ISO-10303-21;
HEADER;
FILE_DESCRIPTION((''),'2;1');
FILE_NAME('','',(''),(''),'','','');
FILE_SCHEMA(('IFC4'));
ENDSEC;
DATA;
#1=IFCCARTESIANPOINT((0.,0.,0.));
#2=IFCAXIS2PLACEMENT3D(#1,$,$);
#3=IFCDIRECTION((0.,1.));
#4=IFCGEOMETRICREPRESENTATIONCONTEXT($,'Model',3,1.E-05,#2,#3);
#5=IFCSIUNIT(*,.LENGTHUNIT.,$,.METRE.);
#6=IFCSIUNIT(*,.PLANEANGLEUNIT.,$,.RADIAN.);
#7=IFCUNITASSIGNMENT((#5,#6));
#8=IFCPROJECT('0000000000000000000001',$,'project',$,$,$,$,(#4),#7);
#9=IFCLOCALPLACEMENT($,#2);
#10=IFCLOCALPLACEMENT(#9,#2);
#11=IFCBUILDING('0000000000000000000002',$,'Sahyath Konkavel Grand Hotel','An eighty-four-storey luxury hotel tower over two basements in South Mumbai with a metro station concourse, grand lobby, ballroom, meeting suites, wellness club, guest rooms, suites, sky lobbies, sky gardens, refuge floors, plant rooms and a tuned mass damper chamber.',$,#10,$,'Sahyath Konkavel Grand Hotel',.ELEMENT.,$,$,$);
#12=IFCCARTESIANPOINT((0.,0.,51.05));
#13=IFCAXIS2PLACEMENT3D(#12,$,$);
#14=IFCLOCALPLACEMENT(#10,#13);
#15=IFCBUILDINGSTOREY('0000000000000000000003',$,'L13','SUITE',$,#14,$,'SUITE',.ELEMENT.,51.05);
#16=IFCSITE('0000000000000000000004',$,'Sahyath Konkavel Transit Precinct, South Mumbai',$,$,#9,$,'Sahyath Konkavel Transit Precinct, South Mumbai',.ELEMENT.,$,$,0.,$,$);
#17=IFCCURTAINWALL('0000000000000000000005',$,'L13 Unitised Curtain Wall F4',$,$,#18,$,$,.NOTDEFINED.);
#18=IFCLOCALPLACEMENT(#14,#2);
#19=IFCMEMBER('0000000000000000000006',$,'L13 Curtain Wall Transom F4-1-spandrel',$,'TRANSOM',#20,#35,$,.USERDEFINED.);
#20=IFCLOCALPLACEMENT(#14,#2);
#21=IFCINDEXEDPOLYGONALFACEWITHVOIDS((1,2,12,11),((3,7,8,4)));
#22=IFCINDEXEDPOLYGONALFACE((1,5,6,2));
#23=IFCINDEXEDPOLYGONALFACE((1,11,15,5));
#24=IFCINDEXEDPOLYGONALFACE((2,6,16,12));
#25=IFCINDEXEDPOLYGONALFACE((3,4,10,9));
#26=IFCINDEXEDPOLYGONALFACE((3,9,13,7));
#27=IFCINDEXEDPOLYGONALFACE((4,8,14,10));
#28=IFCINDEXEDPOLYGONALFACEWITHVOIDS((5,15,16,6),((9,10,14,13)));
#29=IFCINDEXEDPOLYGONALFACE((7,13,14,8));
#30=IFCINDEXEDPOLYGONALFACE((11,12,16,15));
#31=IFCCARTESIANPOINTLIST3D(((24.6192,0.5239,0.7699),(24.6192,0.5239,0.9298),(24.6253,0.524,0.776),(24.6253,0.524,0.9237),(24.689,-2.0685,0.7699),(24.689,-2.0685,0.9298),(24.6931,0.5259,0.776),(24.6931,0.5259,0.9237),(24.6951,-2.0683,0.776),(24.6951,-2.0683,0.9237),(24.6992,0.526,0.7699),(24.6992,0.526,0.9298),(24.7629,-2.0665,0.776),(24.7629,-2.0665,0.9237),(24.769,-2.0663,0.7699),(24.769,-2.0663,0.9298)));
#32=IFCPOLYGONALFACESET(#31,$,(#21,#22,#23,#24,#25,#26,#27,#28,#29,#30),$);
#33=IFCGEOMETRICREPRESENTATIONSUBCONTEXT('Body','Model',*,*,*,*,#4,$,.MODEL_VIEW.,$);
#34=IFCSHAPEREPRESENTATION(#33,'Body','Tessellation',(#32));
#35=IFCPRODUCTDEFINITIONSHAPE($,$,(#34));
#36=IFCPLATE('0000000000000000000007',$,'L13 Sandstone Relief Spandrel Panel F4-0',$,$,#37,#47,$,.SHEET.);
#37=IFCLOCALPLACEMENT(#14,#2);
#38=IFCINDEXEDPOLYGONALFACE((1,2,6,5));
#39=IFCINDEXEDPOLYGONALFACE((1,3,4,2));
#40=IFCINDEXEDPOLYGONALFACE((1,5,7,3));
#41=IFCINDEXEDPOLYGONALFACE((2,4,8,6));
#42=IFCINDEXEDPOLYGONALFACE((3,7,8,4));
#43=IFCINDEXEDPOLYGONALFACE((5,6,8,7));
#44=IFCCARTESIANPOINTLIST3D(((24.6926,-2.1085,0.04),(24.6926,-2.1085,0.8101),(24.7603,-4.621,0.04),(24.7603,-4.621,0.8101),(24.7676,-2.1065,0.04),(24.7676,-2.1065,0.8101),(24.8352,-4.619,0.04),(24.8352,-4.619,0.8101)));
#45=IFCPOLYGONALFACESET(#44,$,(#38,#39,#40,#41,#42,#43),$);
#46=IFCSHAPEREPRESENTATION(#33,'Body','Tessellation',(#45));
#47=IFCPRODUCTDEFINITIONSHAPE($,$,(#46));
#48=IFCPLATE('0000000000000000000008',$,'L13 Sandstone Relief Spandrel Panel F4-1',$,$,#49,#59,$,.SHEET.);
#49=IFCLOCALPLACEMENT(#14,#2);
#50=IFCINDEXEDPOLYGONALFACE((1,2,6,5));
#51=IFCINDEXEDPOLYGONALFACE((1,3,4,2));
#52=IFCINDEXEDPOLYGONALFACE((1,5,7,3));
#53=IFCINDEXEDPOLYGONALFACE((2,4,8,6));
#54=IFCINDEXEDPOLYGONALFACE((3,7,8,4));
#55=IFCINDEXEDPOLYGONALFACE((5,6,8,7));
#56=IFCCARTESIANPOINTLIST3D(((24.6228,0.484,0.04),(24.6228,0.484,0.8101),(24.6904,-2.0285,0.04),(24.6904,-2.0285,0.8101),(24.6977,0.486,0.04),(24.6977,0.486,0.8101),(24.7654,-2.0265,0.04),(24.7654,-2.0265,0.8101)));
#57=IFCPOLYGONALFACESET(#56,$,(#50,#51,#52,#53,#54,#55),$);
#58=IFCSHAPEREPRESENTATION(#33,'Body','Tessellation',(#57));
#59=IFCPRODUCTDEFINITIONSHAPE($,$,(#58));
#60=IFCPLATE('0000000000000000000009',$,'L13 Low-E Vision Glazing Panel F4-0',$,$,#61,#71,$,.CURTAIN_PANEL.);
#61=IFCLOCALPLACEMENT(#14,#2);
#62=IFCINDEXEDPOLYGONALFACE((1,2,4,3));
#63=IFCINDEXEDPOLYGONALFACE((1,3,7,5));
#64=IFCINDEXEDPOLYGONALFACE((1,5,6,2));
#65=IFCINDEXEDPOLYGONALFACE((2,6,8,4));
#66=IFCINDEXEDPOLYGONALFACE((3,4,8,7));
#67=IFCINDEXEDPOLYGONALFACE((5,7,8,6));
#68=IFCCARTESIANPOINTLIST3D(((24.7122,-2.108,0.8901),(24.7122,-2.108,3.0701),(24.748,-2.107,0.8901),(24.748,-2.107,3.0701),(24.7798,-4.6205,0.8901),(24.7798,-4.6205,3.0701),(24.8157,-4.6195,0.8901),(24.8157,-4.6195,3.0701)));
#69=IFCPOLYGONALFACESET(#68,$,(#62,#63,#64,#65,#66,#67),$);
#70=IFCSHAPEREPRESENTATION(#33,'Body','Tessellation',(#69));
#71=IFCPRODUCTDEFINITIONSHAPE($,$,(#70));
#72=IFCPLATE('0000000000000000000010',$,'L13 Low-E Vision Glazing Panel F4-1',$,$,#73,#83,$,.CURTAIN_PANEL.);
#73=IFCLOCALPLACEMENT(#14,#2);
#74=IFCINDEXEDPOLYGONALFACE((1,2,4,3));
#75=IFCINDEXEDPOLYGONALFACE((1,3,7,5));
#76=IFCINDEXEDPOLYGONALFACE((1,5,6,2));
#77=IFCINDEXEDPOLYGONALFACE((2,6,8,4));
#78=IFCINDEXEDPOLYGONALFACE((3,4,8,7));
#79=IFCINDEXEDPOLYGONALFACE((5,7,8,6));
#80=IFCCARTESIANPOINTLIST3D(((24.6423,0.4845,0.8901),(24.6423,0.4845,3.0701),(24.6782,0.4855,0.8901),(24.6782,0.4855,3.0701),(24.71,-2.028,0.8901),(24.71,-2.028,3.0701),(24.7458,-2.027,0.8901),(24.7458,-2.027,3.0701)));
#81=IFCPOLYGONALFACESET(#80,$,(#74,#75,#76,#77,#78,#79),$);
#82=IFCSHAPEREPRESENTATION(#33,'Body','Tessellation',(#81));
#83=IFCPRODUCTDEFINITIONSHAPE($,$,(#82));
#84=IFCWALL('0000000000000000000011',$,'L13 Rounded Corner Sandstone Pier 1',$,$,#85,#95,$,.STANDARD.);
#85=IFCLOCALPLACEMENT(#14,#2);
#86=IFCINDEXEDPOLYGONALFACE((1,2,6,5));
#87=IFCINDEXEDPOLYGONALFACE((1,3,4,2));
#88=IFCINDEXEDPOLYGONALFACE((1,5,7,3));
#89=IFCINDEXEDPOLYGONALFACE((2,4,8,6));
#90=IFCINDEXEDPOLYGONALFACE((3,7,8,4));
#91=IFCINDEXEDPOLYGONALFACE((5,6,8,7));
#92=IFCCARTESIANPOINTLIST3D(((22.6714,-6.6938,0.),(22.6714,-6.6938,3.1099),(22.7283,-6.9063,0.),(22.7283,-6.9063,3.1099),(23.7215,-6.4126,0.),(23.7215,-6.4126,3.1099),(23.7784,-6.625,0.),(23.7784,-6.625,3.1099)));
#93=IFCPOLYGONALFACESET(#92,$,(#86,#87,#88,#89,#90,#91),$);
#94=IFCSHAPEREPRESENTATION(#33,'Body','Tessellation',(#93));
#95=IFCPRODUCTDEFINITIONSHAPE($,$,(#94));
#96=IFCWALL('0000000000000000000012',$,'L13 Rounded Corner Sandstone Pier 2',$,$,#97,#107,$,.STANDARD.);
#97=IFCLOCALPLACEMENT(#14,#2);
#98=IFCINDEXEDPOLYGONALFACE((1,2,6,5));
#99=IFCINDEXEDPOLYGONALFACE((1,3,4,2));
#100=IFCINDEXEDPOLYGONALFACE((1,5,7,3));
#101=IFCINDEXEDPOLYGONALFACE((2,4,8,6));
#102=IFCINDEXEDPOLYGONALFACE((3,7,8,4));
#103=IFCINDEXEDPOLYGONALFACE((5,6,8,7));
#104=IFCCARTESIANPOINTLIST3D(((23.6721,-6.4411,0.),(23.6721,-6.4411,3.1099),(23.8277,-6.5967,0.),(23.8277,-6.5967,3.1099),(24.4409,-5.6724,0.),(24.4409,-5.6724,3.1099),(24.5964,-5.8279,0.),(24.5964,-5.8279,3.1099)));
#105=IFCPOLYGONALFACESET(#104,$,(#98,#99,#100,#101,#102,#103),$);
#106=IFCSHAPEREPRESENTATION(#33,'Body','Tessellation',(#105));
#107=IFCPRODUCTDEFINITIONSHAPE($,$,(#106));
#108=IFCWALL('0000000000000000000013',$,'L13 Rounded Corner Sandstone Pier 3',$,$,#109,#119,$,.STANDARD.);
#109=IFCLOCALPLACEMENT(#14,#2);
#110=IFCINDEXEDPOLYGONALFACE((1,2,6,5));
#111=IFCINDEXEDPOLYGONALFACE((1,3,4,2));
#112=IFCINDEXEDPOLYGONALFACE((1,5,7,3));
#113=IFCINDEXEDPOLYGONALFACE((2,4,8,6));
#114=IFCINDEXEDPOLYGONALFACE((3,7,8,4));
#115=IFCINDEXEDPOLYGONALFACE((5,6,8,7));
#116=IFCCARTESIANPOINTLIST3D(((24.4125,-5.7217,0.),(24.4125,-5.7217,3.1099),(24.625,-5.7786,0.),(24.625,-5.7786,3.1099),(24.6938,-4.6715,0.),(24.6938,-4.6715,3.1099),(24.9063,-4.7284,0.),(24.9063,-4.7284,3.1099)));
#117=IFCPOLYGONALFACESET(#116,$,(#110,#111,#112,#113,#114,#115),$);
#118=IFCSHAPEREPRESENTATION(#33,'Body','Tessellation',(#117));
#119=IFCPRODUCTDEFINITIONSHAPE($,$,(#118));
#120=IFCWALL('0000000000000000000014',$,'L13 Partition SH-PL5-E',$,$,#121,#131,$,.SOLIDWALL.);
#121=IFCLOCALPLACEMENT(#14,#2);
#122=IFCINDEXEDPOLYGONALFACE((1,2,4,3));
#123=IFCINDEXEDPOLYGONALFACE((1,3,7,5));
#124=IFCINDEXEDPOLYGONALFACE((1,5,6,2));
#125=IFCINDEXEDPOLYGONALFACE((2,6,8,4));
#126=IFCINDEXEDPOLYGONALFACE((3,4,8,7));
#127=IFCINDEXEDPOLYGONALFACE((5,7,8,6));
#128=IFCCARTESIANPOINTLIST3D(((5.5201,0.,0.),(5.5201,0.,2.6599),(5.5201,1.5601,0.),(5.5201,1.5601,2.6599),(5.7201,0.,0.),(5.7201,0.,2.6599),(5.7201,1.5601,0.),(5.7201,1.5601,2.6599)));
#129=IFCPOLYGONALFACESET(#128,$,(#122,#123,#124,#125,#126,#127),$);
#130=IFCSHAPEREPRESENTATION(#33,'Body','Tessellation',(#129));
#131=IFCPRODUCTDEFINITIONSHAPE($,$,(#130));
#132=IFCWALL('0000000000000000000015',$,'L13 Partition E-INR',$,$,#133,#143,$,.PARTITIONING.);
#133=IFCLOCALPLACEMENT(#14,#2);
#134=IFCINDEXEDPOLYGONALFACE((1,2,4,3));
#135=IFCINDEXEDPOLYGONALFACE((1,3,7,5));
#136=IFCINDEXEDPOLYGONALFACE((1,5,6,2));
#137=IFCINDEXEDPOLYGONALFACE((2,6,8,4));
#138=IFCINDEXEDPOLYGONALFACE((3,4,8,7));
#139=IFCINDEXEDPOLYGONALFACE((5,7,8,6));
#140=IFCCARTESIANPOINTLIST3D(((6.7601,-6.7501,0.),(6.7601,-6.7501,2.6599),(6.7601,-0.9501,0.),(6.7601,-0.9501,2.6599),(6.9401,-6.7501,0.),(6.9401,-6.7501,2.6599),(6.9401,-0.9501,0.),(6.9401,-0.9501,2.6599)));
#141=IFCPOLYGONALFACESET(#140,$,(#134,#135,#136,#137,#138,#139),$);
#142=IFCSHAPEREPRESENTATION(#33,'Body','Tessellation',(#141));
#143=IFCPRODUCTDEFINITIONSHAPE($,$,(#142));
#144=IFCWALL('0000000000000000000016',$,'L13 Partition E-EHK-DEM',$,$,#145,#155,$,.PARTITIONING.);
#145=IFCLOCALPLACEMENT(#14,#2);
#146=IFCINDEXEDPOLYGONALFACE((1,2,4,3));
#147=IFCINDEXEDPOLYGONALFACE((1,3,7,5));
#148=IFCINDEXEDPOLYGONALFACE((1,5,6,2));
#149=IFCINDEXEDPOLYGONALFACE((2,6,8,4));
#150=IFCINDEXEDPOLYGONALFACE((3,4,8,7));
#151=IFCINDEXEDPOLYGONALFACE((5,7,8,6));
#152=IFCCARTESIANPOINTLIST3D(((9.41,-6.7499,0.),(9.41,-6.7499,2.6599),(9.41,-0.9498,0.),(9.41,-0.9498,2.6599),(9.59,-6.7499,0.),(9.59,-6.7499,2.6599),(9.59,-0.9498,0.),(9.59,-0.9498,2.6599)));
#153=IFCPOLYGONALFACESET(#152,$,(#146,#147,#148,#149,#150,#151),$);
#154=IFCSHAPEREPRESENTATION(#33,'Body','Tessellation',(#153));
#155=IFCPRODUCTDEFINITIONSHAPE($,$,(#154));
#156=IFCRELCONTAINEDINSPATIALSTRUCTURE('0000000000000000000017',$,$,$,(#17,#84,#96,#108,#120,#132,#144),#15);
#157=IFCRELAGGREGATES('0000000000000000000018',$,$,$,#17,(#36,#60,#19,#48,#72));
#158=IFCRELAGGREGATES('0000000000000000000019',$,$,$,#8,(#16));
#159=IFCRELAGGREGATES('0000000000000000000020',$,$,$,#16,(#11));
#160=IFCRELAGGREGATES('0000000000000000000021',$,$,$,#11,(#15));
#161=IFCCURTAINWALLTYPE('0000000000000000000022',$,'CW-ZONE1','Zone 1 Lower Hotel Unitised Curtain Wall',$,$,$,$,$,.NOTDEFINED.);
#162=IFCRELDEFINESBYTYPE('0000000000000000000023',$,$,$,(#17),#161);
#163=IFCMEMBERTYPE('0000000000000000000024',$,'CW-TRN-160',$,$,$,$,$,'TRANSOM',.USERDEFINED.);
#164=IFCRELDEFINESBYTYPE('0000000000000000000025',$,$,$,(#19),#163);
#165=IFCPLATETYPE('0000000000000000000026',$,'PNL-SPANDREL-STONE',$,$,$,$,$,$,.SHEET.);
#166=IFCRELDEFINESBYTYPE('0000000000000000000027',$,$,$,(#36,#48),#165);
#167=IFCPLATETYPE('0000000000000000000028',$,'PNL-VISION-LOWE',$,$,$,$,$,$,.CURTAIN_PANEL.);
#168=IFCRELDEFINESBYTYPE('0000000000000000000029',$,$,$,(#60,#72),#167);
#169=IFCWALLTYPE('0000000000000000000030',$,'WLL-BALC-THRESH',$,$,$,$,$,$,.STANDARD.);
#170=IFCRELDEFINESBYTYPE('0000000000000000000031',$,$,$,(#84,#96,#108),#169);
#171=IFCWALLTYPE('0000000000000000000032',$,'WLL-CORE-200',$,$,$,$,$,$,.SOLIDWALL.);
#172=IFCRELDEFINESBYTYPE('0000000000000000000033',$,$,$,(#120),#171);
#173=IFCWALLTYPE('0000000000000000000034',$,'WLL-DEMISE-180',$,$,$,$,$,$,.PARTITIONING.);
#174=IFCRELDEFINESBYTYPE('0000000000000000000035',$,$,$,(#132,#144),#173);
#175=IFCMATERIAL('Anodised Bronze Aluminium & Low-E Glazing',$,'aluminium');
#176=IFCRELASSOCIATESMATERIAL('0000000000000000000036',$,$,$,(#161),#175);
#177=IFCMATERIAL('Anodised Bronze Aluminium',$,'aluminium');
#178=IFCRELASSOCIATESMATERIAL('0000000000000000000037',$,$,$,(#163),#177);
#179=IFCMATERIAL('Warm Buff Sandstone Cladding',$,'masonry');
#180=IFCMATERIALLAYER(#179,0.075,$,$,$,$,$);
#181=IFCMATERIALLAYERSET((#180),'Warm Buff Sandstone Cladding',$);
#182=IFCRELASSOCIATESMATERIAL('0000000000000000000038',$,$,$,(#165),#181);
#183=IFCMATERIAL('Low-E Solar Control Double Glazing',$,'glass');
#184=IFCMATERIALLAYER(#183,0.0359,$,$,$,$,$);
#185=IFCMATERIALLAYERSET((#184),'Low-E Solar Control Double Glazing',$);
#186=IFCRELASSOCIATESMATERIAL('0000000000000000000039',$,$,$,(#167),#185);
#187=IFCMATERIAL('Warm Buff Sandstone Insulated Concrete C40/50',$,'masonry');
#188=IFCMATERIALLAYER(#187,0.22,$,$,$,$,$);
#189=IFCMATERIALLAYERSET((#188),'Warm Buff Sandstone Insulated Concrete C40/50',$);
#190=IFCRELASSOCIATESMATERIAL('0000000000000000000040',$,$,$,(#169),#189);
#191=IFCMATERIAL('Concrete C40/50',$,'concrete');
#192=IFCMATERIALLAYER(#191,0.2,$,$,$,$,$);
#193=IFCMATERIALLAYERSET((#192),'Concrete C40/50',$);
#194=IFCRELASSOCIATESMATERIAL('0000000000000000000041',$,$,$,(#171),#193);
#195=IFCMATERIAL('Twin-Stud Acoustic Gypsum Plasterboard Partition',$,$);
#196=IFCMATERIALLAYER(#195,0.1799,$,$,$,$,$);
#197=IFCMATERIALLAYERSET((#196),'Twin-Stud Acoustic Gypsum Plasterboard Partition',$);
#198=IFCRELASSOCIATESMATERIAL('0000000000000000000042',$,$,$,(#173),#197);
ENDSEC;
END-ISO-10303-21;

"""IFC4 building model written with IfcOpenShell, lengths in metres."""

from ifc_helpers import new_model, si_unit, direction, frame, frame_2d, origin, origin_2d, place, context, subcontext, project, spatial, rectangle, hollow_rectangle, extrude, source, transform, mapped, material, layer, layer_set, material_profile, profile_set, type_object, element, aggregate, save


model = new_model("IFC4")

# Units and contexts
model_context = context("Model", 3, precision=1e-05, world=origin(), true_north=direction((0.0, 1.0)))
body_context = subcontext(model_context, "Body", "Model", "MODEL_VIEW")
ifc_project = project(units=[si_unit("LENGTHUNIT", "METRE"), si_unit("PLANEANGLEUNIT", "RADIAN")], contexts=[model_context])

# Site, building, storey
site_placement = place(None, origin())
site = spatial("IfcSite", under=ifc_project, at=site_placement, Name="Sahyath Konkavel Transit Precinct, South Mumbai", LongName="Sahyath Konkavel Transit Precinct, South Mumbai", CompositionType="ELEMENT", RefElevation=0.0)
building_placement = place(site_placement, origin())
building = spatial("IfcBuilding", under=site, at=building_placement, Name="Sahyath Konkavel Grand Hotel", Description="An eighty-four-storey luxury hotel tower over two basements in South Mumbai with a metro station concourse, grand lobby, ballroom, meeting suites, wellness club, guest rooms, suites, sky lobbies, sky gardens, refuge floors, plant rooms and a tuned mass damper chamber.", LongName="Sahyath Konkavel Grand Hotel", CompositionType="ELEMENT")
storey_placement = place(building_placement, frame((0.0, 0.0, 51.05)))
storey = spatial("IfcBuildingStorey", under=building, at=storey_placement, Name="L13", Description="SUITE", LongName="SUITE", CompositionType="ELEMENT", Elevation=51.05)

# Shared definitions
ifc_material_1 = material(Name="Anodised Bronze Aluminium & Low-E Glazing", Category="aluminium")
curtain_wall_type = type_object("IfcCurtainWallType", Name="CW-ZONE1", Description="Zone 1 Lower Hotel Unitised Curtain Wall", PredefinedType="NOTDEFINED", material=ifc_material_1)
ifc_material_2 = material(Name="Anodised Bronze Aluminium", Category="aluminium")

# Curtain wall, member, plates
curtain_wall_1_placement = place(storey_placement, origin())
curtain_wall_1 = element("IfcCurtainWall", 1, at=curtain_wall_1_placement, inside=storey, type_object=curtain_wall_type, Name="L13 Unitised Curtain Wall F4", PredefinedType="NOTDEFINED")
ifc_material_profile_1 = material_profile(ifc_material_2, hollow_rectangle(XDim=0.0801, YDim=0.1599, WallThickness=0.0061, at=origin_2d()), Name="RHS 160x80x6")
ifc_profile_set_1 = profile_set([ifc_material_profile_1], Name="Anodised Bronze Aluminium")
member_type_1 = type_object("IfcMemberType", Name="CW-TRN-160", ElementType="TRANSOM", PredefinedType="USERDEFINED", material=ifc_profile_set_1)
shared_shape_1 = source(origin(), body_context, "Body", "SweptSolid", [
    extrude(hollow_rectangle(XDim=0.0801, YDim=0.1599, WallThickness=0.0061, at=origin_2d()), origin(), (0.0, 0.0, 1.0), 2.5933),
])
member_1_placement = place(storey_placement, frame((24.729, -2.0674, 0.8499), z_axis=(-0.026926, 0.999637, 0.0), x_axis=(-0.999637, -0.026926, 0.0)))
member_1 = element("IfcMember", 2, at=member_1_placement, type_object=member_type_1, Name="L13 Curtain Wall Transom F4-1-spandrel", ObjectType="TRANSOM", PredefinedType="USERDEFINED", context=body_context, shape_type="MappedRepresentation", body=[
    mapped(shared_shape_1, transform((0.0, 0.0, 0.0), scale=1.0)),
])
ifc_material_3 = material(Name="Warm Buff Sandstone Cladding", Category="masonry")
ifc_layer_1 = layer(ifc_material_3, 0.075)
ifc_layer_set_1 = layer_set([ifc_layer_1], Name="Warm Buff Sandstone Cladding")
plate_type_1 = type_object("IfcPlateType", Name="PNL-SPANDREL-STONE", PredefinedType="SHEET", material=ifc_layer_set_1)
shared_shape_2 = source(origin(), body_context, "Body", "SweptSolid", [
    extrude(rectangle(XDim=2.5134, YDim=0.075, at=origin_2d()), origin(), (0.0, 0.0, 1.0), 0.77),
])
plate_1_placement = place(storey_placement, frame((24.7639, -3.3638, 0.04), z_axis=(0.0, 0.0, 1.0), x_axis=(-0.02691, 0.999638, 0.0)))
plate_1 = element("IfcPlate", 3, at=plate_1_placement, type_object=plate_type_1, Name="L13 Sandstone Relief Spandrel Panel F4-0", PredefinedType="SHEET", context=body_context, shape_type="MappedRepresentation", body=[
    mapped(shared_shape_2, transform((0.0, 0.0, 0.0), scale=1.0)),
])
plate_2_placement = place(storey_placement, frame((24.6941, -0.7712, 0.04), z_axis=(0.0, 0.0, 1.0), x_axis=(-0.02691, 0.999638, 0.0)))
plate_2 = element("IfcPlate", 4, at=plate_2_placement, type_object=plate_type_1, Name="L13 Sandstone Relief Spandrel Panel F4-1", PredefinedType="SHEET", context=body_context, shape_type="MappedRepresentation", body=[
    mapped(shared_shape_2, transform((0.0, 0.0, 0.0), scale=1.0)),
])
ifc_material_4 = material(Name="Low-E Solar Control Double Glazing", Category="glass")
ifc_layer_2 = layer(ifc_material_4, 0.0359)
ifc_layer_set_2 = layer_set([ifc_layer_2], Name="Low-E Solar Control Double Glazing")
plate_type_2 = type_object("IfcPlateType", Name="PNL-VISION-LOWE", PredefinedType="CURTAIN_PANEL", material=ifc_layer_set_2)
shared_shape_3 = source(origin(), body_context, "Body", "SweptSolid", [
    extrude(rectangle(XDim=2.5134, YDim=0.0359, at=origin_2d()), origin(), (0.0, 0.0, 1.0), 2.1799),
])
plate_3_placement = place(storey_placement, frame((24.7639, -3.3638, 0.8901), z_axis=(0.0, 0.0, 1.0), x_axis=(-0.02691, 0.999638, 0.0)))
plate_3 = element("IfcPlate", 5, at=plate_3_placement, type_object=plate_type_2, Name="L13 Low-E Vision Glazing Panel F4-0", PredefinedType="CURTAIN_PANEL", context=body_context, shape_type="MappedRepresentation", body=[
    mapped(shared_shape_3, transform((0.0, 0.0, 0.0), scale=1.0)),
])
plate_4_placement = place(storey_placement, frame((24.6941, -0.7712, 0.8901), z_axis=(0.0, 0.0, 1.0), x_axis=(-0.02691, 0.999638, 0.0)))
plate_4 = element("IfcPlate", 6, at=plate_4_placement, type_object=plate_type_2, Name="L13 Low-E Vision Glazing Panel F4-1", PredefinedType="CURTAIN_PANEL", context=body_context, shape_type="MappedRepresentation", body=[
    mapped(shared_shape_3, transform((0.0, 0.0, 0.0), scale=1.0)),
])
aggregate(curtain_wall_1, [plate_1, plate_3, member_1, plate_2, plate_4])

# Walls
ifc_material_5 = material(Name="Warm Buff Sandstone Insulated Concrete C40/50", Category="masonry")
ifc_layer_3 = layer(ifc_material_5, 0.22)
ifc_layer_set_3 = layer_set([ifc_layer_3], Name="Warm Buff Sandstone Insulated Concrete C40/50")
wall_type_1 = type_object("IfcWallType", Name="WLL-BALC-THRESH", PredefinedType="STANDARD", material=ifc_layer_set_3)
for number, where, z_axis, x_axis, name in (
    (7, (22.7, -6.8, 0.0), (0.0, 0.0, 1.0), (0.965951, 0.258725, 0.0), "L13 Rounded Corner Sandstone Pier 1"),
    (8, (23.75, -6.5188, 0.0), (0.0, 0.0, 1.0), (0.707107, 0.707107, 0.0), "L13 Rounded Corner Sandstone Pier 2"),
    (9, (24.5188, -5.75, 0.0), (0.0, 0.0, 1.0), (0.258725, 0.965951, 0.0), "L13 Rounded Corner Sandstone Pier 3"),
):
    element("IfcWall", number, at=place(storey_placement, frame(where, z_axis=z_axis, x_axis=x_axis)), inside=storey, type_object=wall_type_1, Name=name, PredefinedType="STANDARD", context=body_context, shape_type="SweptSolid", body=[
        extrude(rectangle(XDim=1.0872, YDim=0.22, at=frame_2d((0.5435, 0.0))), origin(), (0.0, 0.0, 1.0), 3.1099),
    ])
ifc_material_6 = material(Name="Concrete C40/50", Category="concrete")
ifc_layer_4 = layer(ifc_material_6, 0.2)
ifc_layer_set_4 = layer_set([ifc_layer_4], Name="Concrete C40/50")
wall_type_2 = type_object("IfcWallType", Name="WLL-CORE-200", PredefinedType="SOLIDWALL", material=ifc_layer_set_4)
wall_1_placement = place(storey_placement, frame((5.6201, 0.0, 0.0), z_axis=(0.0, 0.0, 1.0), x_axis=(0.0, 1.0, 0.0)))
element("IfcWall", 10, at=wall_1_placement, inside=storey, type_object=wall_type_2, Name="L13 Partition SH-PL5-E", PredefinedType="SOLIDWALL", context=body_context, shape_type="SweptSolid", body=[
    extrude(rectangle(XDim=1.5601, YDim=0.2, at=frame_2d((0.78, 0.0))), origin(), (0.0, 0.0, 1.0), 2.6599),
])
ifc_material_7 = material(Name="Twin-Stud Acoustic Gypsum Plasterboard Partition")
ifc_layer_5 = layer(ifc_material_7, 0.1799)
ifc_layer_set_5 = layer_set([ifc_layer_5], Name="Twin-Stud Acoustic Gypsum Plasterboard Partition")
wall_type_3 = type_object("IfcWallType", Name="WLL-DEMISE-180", PredefinedType="PARTITIONING", material=ifc_layer_set_5)
for number, where, z_axis, x_axis, name in (
    (11, (6.8501, -6.75, 0.0), (0.0, 0.0, 1.0), (0.0, 1.0, 0.0), "L13 Partition E-INR"),
    (12, (9.5, -0.95, 0.0), (0.0, 0.0, 1.0), (0.0, -1.0, 0.0), "L13 Partition E-EHK-DEM"),
):
    element("IfcWall", number, at=place(storey_placement, frame(where, z_axis=z_axis, x_axis=x_axis)), inside=storey, type_object=wall_type_3, Name=name, PredefinedType="PARTITIONING", context=body_context, shape_type="SweptSolid", body=[
        extrude(rectangle(XDim=5.8, YDim=0.1799, at=frame_2d((2.8999, 0.0))), origin(), (0.0, 0.0, 1.0), 2.6599),
    ])

save(model, "model.ifc")
